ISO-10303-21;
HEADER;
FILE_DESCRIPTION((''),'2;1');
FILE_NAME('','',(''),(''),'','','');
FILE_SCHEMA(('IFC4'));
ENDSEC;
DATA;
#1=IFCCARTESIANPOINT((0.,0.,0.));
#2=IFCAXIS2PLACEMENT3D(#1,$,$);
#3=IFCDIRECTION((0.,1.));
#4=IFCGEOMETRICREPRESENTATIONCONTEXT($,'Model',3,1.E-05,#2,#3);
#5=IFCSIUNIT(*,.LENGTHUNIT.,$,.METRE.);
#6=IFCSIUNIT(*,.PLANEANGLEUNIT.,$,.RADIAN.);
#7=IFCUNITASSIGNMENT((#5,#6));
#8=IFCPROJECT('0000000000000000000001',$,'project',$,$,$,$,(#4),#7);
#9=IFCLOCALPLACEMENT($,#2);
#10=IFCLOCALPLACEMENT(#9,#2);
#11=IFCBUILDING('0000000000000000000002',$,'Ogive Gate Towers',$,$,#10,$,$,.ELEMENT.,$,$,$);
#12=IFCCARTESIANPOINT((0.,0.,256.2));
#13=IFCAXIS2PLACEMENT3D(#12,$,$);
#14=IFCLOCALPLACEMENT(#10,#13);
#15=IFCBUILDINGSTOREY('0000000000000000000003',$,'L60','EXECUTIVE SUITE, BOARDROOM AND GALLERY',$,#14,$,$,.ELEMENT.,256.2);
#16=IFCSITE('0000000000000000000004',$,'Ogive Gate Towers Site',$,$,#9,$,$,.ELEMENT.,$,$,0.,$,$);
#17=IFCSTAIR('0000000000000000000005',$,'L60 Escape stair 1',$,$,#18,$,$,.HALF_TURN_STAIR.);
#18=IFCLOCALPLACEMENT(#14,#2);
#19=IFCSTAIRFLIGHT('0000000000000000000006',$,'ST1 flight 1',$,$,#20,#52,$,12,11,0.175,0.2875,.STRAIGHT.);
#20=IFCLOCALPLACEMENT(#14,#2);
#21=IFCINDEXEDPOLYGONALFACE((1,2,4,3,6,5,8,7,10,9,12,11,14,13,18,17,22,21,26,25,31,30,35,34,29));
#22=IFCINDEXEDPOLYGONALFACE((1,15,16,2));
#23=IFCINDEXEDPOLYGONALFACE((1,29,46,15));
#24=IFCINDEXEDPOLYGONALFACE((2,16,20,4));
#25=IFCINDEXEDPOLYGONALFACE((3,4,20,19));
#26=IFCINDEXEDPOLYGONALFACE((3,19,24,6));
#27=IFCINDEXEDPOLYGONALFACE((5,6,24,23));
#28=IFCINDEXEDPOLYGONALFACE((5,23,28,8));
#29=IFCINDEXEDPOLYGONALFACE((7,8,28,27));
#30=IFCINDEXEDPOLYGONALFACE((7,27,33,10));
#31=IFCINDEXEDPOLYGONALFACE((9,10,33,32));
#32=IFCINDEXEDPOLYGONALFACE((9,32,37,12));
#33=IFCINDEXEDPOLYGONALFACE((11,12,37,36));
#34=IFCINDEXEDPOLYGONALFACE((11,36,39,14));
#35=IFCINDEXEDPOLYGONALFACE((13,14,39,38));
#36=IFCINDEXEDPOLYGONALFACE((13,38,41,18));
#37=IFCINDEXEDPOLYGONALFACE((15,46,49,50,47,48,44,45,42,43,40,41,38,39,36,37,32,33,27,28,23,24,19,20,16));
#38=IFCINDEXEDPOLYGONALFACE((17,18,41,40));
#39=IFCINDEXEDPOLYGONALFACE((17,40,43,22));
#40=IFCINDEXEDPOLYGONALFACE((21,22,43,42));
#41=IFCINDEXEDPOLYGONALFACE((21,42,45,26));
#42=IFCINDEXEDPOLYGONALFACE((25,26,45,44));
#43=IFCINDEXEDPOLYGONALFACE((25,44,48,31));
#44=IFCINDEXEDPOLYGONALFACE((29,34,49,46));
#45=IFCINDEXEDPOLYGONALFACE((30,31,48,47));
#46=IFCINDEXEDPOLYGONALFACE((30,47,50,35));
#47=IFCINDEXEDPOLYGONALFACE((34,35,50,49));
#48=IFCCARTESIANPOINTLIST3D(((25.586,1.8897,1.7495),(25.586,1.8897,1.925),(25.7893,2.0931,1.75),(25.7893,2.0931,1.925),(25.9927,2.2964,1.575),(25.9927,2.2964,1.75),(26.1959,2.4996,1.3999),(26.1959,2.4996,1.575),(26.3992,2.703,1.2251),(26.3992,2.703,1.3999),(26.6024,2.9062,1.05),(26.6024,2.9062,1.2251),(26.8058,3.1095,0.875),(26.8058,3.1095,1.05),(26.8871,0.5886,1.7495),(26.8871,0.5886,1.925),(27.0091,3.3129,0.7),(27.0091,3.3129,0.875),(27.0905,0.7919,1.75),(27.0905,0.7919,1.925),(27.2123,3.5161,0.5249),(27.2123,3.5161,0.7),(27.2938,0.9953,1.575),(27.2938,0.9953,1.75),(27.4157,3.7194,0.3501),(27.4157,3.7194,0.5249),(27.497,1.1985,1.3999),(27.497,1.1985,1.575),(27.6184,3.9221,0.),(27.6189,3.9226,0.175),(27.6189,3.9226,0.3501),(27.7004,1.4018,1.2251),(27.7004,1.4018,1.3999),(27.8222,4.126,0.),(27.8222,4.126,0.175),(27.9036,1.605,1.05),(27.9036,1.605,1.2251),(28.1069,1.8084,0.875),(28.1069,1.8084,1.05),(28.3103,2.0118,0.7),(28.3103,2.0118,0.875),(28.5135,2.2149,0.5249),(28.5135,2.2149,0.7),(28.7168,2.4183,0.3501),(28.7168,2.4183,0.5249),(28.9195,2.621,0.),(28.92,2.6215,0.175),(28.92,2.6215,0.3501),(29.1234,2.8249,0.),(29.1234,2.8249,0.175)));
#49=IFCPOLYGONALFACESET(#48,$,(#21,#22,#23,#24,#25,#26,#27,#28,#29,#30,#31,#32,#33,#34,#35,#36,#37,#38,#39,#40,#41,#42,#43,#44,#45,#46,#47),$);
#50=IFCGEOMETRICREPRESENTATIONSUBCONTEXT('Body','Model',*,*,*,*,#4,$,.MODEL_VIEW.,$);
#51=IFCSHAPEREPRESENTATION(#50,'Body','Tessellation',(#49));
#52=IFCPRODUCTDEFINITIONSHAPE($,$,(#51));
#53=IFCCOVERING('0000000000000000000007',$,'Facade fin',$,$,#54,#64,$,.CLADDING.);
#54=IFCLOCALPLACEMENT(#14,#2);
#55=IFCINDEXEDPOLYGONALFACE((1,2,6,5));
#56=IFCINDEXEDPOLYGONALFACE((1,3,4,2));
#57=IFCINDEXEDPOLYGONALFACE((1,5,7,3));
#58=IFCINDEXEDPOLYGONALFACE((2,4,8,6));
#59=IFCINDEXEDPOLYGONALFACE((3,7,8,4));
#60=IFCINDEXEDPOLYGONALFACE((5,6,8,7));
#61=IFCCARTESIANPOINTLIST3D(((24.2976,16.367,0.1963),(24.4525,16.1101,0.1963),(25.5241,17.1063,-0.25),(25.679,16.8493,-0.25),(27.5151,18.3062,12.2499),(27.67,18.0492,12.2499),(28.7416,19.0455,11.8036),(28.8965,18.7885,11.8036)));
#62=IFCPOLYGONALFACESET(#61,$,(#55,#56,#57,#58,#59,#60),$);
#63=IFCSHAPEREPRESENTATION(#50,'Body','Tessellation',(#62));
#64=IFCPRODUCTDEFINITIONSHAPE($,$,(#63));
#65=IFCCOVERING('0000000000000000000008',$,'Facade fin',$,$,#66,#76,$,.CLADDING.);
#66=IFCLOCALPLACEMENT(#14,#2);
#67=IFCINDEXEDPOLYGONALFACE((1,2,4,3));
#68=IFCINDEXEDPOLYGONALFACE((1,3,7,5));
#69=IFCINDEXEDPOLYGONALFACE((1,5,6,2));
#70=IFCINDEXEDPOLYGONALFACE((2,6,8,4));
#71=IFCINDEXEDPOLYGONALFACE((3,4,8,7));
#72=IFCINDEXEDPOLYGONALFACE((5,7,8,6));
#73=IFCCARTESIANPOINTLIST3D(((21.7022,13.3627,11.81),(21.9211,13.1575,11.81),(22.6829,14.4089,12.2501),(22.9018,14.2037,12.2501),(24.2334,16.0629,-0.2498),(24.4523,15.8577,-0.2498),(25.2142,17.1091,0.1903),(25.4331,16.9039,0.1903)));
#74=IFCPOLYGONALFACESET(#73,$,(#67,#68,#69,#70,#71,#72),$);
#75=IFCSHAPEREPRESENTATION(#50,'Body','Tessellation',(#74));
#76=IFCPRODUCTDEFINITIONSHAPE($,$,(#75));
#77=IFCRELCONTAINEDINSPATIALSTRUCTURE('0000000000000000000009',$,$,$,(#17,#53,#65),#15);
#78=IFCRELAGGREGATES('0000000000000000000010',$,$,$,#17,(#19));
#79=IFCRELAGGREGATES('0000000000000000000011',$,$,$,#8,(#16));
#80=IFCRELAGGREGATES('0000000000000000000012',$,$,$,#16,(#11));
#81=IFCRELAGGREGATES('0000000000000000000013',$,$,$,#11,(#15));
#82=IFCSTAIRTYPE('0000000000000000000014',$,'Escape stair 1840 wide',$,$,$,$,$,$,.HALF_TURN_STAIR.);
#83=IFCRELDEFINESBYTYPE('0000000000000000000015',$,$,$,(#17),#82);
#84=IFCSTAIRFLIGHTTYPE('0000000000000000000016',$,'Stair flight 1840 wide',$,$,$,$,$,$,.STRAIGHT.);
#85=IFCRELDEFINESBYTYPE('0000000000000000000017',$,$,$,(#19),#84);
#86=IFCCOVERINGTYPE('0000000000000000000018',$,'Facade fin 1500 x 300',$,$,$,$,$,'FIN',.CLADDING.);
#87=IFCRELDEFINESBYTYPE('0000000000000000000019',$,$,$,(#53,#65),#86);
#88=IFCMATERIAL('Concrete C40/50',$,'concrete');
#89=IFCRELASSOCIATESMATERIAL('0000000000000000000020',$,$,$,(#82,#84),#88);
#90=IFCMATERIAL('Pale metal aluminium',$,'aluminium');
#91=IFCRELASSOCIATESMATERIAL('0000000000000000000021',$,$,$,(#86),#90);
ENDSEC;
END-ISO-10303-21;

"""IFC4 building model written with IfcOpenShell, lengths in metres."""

from ifc_helpers import new_model, si_unit, direction, frame, origin, origin_2d, place, context, subcontext, project, spatial, polyline, rectangle, outline, extrude, material, material_profile, profile_set, type_object, element, aggregate, save


model = new_model("IFC4")

# Units and contexts
model_context = context("Model", 3, precision=1e-05, world=origin(), true_north=direction((0.0, 1.0)))
body_context = subcontext(model_context, "Body", "Model", "MODEL_VIEW")
ifc_project = project(units=[si_unit("LENGTHUNIT", "METRE"), si_unit("PLANEANGLEUNIT", "RADIAN")], contexts=[model_context])

# Site, building, storey
site_placement = place(None, origin())
site = spatial("IfcSite", under=ifc_project, at=site_placement, Name="Ogive Gate Towers Site", CompositionType="ELEMENT", RefElevation=0.0)
building_placement = place(site_placement, origin())
building = spatial("IfcBuilding", under=site, at=building_placement, Name="Ogive Gate Towers", CompositionType="ELEMENT")
storey_placement = place(building_placement, frame((0.0, 0.0, 256.2)))
storey = spatial("IfcBuildingStorey", under=building, at=storey_placement, Name="L60", Description="EXECUTIVE SUITE, BOARDROOM AND GALLERY", CompositionType="ELEMENT", Elevation=256.2)

# Shared definitions
ifc_material_1 = material(Name="Concrete C40/50", Category="concrete")

# Shared definitions
ifc_material_2 = material(Name="Pale metal aluminium", Category="aluminium")

# Stair, stair flight
stair_type = type_object("IfcStairType", Name="Escape stair 1840 wide", PredefinedType="HALF_TURN_STAIR", material=ifc_material_1)
stair_placement = place(storey_placement, origin())
stair = element("IfcStair", 1, at=stair_placement, inside=storey, type_object=stair_type, Name="L60 Escape stair 1", PredefinedType="HALF_TURN_STAIR")
stair_flight_type = type_object("IfcStairFlightType", Name="Stair flight 1840 wide", PredefinedType="STRAIGHT", material=ifc_material_1)
stair_flight_placement = place(storey_placement, frame((28.4729, 3.4753, 0.0), z_axis=(0.0, 0.0, 1.0), x_axis=(-0.707107, -0.707107, 0.0)))
stair_flight = element("IfcStairFlight", 2, at=stair_flight_placement, type_object=stair_flight_type, Name="ST1 flight 1", NumberOfRisers=12, NumberOfTreads=11, PredefinedType="STRAIGHT", RiserHeight=0.175, TreadLength=0.2875, context=body_context, shape_type="SweptSolid", body=[
    extrude(outline(polyline([(0.0, 0.0), (0.0, 0.175), (0.2876, 0.175), (0.2876, 0.3501), (0.575, 0.3501), (0.575, 0.5249), (0.8625, 0.5249), (0.8625, 0.7), (1.1499, 0.7), (1.1499, 0.875), (1.4375, 0.875), (1.4375, 1.05), (1.7251, 1.05), (1.7251, 1.2251), (2.0125, 1.2251), (2.0125, 1.3999), (2.3, 1.3999), (2.3, 1.575), (2.5874, 1.575), (2.5874, 1.75), (2.875, 1.75), (2.875, 1.925), (3.1626, 1.925), (3.1626, 2.1001), (3.1626, 1.7495), (0.2883, 0.0), (0.0, 0.0)])), frame((0.0, 0.9199, 0.0), z_axis=(0.0, -1.0, 0.0), x_axis=(1.0, 0.0, 0.0)), (0.0, 0.0, 1.0), 1.8401),
])
aggregate(stair, [stair_flight])

# Coverings
ifc_material_profile_1 = material_profile(ifc_material_2, rectangle(XDim=0.3, YDim=1.5, at=origin_2d()), Name="1500 x 300 pale metal aluminium")
ifc_profile_set_1 = profile_set([ifc_material_profile_1], Name="Pale metal aluminium")
covering_type = type_object("IfcCoveringType", Name="Facade fin 1500 x 300", ElementType="FIN", PredefinedType="CLADDING", material=ifc_profile_set_1)
covering_1_placement = place(storey_placement, frame((24.9883, 16.6082, -0.0269), z_axis=(0.254842, 0.153594, 0.954706), x_axis=(-0.516196, 0.856471, 0.0)))
element("IfcCovering", 3, at=covering_1_placement, inside=storey, type_object=covering_type, Name="Facade fin", PredefinedType="CLADDING", context=body_context, shape_type="SweptSolid", body=[
    extrude(rectangle(XDim=0.3, YDim=1.5, at=origin_2d()), origin(), (0.0, 0.0, 1.0), 12.6255),
])
covering_2_placement = place(storey_placement, frame((24.8333, 16.4834, -0.0298), z_axis=(-0.200654, -0.214047, 0.955993), x_axis=(0.729562, -0.683915, 0.0)))
element("IfcCovering", 4, at=covering_2_placement, inside=storey, type_object=covering_type, Name="Facade fin", PredefinedType="CLADDING", context=body_context, shape_type="SweptSolid", body=[
    extrude(rectangle(XDim=0.3, YDim=1.5, at=origin_2d()), origin(), (0.0, 0.0, 1.0), 12.615),
])

save(model, "model.ifc")
